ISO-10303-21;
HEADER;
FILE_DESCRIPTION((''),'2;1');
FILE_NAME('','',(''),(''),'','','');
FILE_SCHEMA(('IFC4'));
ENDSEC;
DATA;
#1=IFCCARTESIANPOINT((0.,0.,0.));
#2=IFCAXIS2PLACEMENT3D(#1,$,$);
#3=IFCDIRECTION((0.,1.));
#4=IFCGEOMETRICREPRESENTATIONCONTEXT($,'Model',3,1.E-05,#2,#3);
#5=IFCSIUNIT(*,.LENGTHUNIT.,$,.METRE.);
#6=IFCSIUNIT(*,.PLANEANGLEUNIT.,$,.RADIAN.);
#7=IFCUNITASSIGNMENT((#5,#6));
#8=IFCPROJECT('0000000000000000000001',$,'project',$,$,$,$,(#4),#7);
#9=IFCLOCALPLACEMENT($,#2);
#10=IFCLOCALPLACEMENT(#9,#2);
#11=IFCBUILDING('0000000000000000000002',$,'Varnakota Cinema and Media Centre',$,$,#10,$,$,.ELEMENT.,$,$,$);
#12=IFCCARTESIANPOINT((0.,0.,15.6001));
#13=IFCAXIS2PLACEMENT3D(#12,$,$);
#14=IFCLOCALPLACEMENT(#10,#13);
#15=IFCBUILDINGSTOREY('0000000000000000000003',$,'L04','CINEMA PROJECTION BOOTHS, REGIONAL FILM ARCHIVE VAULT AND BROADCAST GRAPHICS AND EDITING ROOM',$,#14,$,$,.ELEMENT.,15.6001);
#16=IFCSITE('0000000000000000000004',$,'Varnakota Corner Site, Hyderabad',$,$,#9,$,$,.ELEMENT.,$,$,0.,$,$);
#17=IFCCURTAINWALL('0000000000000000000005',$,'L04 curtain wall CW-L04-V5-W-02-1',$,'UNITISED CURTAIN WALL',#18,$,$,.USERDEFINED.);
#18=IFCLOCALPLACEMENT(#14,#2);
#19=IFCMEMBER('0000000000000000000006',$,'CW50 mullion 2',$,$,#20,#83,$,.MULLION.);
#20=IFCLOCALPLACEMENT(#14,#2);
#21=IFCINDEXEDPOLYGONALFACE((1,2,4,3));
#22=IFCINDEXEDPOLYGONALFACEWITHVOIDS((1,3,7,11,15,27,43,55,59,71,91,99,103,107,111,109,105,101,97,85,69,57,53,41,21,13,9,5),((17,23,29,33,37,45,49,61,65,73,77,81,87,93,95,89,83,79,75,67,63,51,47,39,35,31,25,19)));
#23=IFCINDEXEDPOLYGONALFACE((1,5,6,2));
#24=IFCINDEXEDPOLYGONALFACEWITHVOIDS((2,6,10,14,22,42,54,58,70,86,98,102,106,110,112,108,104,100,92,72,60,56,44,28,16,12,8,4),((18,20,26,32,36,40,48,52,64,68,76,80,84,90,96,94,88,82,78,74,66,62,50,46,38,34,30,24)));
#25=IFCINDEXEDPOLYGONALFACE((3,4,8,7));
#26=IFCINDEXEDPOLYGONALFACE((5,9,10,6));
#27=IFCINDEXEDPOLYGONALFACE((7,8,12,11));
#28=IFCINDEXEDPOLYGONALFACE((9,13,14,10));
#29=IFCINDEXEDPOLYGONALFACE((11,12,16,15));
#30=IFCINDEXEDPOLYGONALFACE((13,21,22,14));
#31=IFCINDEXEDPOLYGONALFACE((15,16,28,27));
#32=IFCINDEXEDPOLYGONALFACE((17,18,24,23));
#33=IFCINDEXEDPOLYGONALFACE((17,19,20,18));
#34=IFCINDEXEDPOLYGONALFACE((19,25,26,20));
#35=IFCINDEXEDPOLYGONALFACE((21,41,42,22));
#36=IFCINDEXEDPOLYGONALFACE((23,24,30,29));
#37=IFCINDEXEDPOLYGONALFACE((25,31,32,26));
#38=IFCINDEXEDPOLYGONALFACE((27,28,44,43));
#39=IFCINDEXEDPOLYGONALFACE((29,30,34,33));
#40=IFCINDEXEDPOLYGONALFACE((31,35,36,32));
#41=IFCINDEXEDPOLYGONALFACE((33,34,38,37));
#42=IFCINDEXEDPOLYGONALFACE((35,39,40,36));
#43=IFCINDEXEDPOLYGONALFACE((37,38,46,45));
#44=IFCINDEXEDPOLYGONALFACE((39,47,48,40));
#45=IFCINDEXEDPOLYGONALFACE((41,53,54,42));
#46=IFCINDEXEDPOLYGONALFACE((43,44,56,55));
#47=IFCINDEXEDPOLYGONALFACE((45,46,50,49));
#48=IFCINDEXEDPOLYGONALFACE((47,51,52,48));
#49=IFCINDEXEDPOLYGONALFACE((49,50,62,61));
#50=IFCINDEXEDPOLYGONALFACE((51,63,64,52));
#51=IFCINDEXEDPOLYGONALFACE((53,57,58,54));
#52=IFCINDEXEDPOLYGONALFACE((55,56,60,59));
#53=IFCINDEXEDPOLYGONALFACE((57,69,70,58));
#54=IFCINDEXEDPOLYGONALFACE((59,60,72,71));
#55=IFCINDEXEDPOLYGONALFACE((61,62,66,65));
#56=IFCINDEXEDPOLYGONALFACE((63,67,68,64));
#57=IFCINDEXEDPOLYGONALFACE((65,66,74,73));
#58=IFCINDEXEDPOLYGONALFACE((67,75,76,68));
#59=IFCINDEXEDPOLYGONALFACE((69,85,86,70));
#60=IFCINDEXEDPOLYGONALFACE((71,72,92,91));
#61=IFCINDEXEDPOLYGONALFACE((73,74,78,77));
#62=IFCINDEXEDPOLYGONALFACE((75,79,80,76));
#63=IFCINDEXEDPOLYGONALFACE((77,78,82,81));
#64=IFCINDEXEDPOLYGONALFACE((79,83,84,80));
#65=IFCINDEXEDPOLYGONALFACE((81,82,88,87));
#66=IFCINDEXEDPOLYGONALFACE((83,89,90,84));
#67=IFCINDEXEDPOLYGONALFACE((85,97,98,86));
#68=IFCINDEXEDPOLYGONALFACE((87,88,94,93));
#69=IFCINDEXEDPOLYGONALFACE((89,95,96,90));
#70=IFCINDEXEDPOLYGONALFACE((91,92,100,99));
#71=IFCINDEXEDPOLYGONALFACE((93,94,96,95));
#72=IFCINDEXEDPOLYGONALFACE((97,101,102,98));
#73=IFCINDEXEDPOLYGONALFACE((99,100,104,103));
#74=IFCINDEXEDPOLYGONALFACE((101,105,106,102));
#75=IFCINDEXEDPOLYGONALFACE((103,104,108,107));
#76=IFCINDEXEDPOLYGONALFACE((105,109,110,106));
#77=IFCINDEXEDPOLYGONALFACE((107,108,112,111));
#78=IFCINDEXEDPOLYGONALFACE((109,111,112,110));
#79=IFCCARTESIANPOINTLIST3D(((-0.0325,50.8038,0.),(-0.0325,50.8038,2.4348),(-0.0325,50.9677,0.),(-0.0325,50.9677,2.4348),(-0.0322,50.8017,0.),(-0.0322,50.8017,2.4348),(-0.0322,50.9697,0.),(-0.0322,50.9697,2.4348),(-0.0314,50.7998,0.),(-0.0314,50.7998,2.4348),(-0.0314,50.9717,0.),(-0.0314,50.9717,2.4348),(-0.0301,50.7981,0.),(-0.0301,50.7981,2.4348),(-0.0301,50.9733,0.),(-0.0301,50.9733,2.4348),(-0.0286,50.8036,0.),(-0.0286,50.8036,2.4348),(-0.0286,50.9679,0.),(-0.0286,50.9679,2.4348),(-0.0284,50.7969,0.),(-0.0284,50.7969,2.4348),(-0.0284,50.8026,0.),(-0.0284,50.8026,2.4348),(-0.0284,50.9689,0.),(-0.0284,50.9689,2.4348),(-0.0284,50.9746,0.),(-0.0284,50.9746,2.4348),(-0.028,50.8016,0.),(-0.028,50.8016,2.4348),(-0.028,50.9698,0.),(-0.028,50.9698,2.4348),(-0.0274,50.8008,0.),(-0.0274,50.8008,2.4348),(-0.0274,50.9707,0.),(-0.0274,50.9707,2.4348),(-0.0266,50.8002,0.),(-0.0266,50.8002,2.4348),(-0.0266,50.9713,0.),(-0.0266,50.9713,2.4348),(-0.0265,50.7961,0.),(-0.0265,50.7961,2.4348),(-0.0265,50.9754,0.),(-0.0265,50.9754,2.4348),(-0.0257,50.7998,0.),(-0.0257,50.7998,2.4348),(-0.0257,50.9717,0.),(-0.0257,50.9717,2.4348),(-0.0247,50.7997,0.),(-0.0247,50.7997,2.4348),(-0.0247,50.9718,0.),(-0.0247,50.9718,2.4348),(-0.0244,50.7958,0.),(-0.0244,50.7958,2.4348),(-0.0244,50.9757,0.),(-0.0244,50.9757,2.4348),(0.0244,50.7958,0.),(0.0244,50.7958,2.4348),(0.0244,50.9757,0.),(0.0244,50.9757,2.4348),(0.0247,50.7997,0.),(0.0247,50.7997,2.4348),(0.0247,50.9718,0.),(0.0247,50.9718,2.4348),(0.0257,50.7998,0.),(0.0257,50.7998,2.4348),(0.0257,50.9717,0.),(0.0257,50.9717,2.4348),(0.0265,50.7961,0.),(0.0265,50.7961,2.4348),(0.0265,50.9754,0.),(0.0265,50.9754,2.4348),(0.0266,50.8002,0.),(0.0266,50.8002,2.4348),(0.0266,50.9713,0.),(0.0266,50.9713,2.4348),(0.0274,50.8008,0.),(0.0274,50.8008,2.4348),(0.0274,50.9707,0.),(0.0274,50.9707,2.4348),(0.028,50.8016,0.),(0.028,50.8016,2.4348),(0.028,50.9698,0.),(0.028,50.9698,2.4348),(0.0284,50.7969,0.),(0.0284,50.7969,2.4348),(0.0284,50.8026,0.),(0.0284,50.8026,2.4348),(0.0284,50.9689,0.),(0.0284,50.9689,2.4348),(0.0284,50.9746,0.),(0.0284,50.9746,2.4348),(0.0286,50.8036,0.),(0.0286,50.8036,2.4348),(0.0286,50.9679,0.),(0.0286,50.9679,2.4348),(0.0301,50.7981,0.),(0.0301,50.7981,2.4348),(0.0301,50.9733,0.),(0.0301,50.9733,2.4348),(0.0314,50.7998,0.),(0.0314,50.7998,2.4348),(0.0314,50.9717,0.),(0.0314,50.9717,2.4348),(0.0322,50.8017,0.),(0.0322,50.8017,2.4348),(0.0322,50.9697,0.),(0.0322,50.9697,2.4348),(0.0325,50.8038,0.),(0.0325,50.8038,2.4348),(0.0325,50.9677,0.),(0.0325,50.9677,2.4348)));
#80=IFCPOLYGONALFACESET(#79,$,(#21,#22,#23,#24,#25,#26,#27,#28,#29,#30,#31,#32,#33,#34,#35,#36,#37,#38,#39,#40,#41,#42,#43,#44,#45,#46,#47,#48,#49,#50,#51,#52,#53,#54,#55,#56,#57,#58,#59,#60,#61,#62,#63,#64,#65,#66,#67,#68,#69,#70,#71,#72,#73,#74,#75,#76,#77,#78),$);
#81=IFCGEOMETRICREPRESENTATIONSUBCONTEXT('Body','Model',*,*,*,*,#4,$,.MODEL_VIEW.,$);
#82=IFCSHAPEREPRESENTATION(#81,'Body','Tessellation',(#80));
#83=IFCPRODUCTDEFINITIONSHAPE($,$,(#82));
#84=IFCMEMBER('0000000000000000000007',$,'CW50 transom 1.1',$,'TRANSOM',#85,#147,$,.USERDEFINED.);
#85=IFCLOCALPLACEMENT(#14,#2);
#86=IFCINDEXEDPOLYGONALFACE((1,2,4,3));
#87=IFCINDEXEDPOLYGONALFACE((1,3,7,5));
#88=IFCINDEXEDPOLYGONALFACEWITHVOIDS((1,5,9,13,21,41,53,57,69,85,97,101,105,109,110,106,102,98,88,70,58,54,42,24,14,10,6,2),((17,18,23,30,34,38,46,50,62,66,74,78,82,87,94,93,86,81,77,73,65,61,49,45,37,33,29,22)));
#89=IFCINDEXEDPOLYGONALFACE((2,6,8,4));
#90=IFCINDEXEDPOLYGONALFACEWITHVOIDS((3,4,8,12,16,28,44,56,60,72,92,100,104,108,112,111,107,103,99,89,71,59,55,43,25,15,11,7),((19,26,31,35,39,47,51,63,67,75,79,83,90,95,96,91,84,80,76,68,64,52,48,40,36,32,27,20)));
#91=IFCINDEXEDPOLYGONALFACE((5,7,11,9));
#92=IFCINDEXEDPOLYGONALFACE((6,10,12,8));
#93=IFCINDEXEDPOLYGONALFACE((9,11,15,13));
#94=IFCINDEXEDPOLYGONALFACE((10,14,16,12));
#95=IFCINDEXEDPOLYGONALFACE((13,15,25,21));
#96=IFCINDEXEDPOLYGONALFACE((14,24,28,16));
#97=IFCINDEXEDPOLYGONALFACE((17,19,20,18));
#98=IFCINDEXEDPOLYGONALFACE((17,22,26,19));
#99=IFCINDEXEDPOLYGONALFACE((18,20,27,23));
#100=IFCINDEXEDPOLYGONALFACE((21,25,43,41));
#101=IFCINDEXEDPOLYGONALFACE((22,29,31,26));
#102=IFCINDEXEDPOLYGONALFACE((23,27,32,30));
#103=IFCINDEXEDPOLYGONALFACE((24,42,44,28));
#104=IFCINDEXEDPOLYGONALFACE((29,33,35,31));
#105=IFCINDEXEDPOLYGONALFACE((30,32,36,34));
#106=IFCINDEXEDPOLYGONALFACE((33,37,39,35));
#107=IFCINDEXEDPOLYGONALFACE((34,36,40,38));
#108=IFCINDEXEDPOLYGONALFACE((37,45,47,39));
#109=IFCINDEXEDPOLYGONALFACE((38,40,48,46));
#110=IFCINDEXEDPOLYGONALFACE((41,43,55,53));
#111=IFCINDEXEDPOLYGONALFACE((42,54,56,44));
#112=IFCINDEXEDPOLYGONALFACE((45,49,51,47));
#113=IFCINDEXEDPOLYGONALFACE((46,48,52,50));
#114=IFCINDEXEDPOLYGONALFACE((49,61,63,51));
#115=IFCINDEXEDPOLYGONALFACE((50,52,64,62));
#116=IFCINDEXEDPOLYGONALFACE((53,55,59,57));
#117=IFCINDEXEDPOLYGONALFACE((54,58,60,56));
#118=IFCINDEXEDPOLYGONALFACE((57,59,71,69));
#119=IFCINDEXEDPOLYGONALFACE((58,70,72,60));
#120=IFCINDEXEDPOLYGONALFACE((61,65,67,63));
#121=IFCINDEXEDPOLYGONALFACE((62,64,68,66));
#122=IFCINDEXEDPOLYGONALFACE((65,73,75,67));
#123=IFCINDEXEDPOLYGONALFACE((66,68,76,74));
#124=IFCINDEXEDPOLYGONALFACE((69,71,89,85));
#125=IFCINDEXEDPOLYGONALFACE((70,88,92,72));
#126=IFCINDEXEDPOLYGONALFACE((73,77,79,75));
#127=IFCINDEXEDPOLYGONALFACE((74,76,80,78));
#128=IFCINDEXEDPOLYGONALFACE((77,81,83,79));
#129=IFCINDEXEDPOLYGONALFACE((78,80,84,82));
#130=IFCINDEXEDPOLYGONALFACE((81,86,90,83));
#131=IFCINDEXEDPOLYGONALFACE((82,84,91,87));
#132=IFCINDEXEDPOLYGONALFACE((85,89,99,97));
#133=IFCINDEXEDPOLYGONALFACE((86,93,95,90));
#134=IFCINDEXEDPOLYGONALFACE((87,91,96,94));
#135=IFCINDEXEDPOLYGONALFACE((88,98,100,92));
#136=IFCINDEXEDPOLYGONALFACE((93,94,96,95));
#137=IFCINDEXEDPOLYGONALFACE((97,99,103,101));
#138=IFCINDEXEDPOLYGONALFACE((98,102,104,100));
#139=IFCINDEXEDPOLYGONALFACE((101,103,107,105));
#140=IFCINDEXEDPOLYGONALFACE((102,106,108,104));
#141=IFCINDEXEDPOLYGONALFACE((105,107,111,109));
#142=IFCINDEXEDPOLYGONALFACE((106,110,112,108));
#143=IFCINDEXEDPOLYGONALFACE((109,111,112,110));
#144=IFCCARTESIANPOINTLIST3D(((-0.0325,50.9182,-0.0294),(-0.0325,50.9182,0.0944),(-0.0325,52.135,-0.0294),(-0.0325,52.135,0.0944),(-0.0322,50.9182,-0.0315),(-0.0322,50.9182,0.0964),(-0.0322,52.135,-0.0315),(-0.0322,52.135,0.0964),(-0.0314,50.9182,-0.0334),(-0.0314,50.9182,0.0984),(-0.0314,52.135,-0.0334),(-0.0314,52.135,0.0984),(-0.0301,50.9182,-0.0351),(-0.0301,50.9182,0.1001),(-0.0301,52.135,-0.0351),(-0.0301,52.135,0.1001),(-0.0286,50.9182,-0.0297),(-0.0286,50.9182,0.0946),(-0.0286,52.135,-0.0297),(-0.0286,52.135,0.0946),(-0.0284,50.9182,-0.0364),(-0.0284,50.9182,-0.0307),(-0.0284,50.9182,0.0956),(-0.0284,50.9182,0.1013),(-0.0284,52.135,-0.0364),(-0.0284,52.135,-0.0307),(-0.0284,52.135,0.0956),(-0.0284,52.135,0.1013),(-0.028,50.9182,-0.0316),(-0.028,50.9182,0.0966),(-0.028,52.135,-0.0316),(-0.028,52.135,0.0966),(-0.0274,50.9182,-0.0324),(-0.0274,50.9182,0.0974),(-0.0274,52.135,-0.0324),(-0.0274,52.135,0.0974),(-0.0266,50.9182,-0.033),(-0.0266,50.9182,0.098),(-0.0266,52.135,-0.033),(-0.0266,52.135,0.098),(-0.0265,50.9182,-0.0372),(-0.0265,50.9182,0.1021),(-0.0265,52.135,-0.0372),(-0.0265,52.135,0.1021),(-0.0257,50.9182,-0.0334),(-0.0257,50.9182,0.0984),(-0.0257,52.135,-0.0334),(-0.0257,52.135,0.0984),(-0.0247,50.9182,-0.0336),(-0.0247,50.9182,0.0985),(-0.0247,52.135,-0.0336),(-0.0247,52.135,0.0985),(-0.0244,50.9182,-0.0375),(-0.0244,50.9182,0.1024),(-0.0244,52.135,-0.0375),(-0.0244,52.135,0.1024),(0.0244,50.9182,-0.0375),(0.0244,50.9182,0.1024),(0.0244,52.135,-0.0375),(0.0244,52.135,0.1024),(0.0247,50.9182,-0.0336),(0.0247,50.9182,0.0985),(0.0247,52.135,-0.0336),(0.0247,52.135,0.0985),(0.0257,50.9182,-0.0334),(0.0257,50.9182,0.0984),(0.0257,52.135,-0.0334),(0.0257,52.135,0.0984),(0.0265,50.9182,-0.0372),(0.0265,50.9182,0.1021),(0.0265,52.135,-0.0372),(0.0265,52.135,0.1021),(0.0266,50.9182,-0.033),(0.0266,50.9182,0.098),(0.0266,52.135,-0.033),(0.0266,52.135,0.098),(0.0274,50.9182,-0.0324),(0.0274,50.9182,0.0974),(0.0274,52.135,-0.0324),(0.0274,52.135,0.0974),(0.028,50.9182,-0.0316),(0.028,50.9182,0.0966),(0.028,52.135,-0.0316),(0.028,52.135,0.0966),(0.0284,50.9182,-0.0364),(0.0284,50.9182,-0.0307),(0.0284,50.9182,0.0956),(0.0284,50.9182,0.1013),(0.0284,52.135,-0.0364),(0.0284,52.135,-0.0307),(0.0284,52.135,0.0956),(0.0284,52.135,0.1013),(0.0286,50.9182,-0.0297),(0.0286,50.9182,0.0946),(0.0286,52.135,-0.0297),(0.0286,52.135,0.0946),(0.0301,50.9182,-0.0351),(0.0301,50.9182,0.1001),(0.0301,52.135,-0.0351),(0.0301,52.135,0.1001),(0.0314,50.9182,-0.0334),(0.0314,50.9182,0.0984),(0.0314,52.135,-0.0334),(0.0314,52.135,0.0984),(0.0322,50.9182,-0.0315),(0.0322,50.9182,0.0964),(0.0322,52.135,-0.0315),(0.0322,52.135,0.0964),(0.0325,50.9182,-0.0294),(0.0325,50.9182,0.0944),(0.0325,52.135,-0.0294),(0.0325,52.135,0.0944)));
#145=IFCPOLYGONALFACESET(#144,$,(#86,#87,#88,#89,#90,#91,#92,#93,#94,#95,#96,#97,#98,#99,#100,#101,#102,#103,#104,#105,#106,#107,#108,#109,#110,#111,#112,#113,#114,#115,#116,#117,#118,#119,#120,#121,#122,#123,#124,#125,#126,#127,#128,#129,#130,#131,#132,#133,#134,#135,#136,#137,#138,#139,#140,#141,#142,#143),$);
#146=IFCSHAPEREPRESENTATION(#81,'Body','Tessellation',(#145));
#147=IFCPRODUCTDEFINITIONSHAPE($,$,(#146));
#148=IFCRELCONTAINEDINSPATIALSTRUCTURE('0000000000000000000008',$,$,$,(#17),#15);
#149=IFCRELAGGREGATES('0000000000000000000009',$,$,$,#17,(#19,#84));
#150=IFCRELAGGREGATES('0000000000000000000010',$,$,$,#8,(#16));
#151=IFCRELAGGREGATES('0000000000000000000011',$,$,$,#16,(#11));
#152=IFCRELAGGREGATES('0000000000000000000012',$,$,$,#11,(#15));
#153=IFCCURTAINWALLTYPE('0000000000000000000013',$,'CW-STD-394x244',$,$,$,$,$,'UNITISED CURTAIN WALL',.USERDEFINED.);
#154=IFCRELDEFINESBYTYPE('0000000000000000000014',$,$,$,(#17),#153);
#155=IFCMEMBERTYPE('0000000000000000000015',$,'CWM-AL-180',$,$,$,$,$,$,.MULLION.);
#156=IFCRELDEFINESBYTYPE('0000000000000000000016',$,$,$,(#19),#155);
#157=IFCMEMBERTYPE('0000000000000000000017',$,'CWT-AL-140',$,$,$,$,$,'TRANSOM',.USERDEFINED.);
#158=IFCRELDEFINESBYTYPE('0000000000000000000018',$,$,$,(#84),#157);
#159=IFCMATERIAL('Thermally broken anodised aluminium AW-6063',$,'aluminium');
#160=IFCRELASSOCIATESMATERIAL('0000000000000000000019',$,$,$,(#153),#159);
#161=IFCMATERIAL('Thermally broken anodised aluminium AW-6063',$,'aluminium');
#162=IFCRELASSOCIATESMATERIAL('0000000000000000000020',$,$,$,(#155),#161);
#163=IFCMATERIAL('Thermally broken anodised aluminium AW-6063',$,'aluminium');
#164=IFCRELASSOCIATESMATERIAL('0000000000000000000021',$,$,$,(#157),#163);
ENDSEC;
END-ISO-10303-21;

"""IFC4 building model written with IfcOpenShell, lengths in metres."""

from ifc_helpers import new_model, si_unit, direction, frame, origin, origin_2d, place, context, subcontext, project, spatial, hollow_rectangle, extrude, material, material_profile, profile_set, type_object, element, aggregate, save


model = new_model("IFC4")

# Units and contexts
model_context = context("Model", 3, precision=1e-05, world=origin(), true_north=direction((0.0, 1.0)))
body_context = subcontext(model_context, "Body", "Model", "MODEL_VIEW")
ifc_project = project(units=[si_unit("LENGTHUNIT", "METRE"), si_unit("PLANEANGLEUNIT", "RADIAN")], contexts=[model_context])

# Site, building, storey
site_placement = place(None, origin())
site = spatial("IfcSite", under=ifc_project, at=site_placement, Name="Varnakota Corner Site, Hyderabad", CompositionType="ELEMENT", RefElevation=0.0)
building_placement = place(site_placement, origin())
building = spatial("IfcBuilding", under=site, at=building_placement, Name="Varnakota Cinema and Media Centre", CompositionType="ELEMENT")
storey_placement = place(building_placement, frame((0.0, 0.0, 15.6001)))
storey = spatial("IfcBuildingStorey", under=building, at=storey_placement, Name="L04", Description="CINEMA PROJECTION BOOTHS, REGIONAL FILM ARCHIVE VAULT AND BROADCAST GRAPHICS AND EDITING ROOM", CompositionType="ELEMENT", Elevation=15.6001)

# Curtain wall, members
ifc_material_1 = material(Name="Thermally broken anodised aluminium AW-6063", Category="aluminium")
curtain_wall_type = type_object("IfcCurtainWallType", Name="CW-STD-394x244", ElementType="UNITISED CURTAIN WALL", PredefinedType="USERDEFINED", material=ifc_material_1)
curtain_wall_placement = place(storey_placement, origin())
curtain_wall = element("IfcCurtainWall", 1, at=curtain_wall_placement, inside=storey, type_object=curtain_wall_type, Name="L04 curtain wall CW-L04-V5-W-02-1", ObjectType="UNITISED CURTAIN WALL", PredefinedType="USERDEFINED")
ifc_material_2 = material(Name="Thermally broken anodised aluminium AW-6063", Category="aluminium")
ifc_material_profile_1 = material_profile(ifc_material_2, hollow_rectangle(XDim=0.0649, YDim=0.1799, WallThickness=0.0039, InnerFilletRadius=0.0039, OuterFilletRadius=0.0081, at=origin_2d()), Name="AL-MULLION 180x65x4")
ifc_profile_set_1 = profile_set([ifc_material_profile_1], Name="Thermally broken anodised aluminium AW-6063")
member_type_1 = type_object("IfcMemberType", Name="CWM-AL-180", PredefinedType="MULLION", material=ifc_profile_set_1)
member_1_placement = place(storey_placement, frame((0.0, 50.8857, 0.0), z_axis=(0.0, 0.0, 1.0), x_axis=(1.0, 0.0, 0.0)))
member_1 = element("IfcMember", 2, at=member_1_placement, type_object=member_type_1, Name="CW50 mullion 2", PredefinedType="MULLION", context=body_context, shape_type="SweptSolid", body=[
    extrude(hollow_rectangle(XDim=0.0649, YDim=0.1799, WallThickness=0.0039, InnerFilletRadius=0.0039, OuterFilletRadius=0.0081, at=origin_2d()), origin(), (0.0, 0.0, 1.0), 2.4348),
])
ifc_material_3 = material(Name="Thermally broken anodised aluminium AW-6063", Category="aluminium")
ifc_material_profile_2 = material_profile(ifc_material_3, hollow_rectangle(XDim=0.0649, YDim=0.1399, WallThickness=0.0039, InnerFilletRadius=0.0039, OuterFilletRadius=0.0081, at=origin_2d()), Name="AL-TRANSOM 140x65x4")
ifc_profile_set_2 = profile_set([ifc_material_profile_2], Name="Thermally broken anodised aluminium AW-6063")
member_type_2 = type_object("IfcMemberType", Name="CWT-AL-140", ElementType="TRANSOM", PredefinedType="USERDEFINED", material=ifc_profile_set_2)
member_2_placement = place(storey_placement, frame((0.0, 52.135, 0.0325), z_axis=(0.0, -1.0, 0.0), x_axis=(1.0, 0.0, 0.0)))
member_2 = element("IfcMember", 3, at=member_2_placement, type_object=member_type_2, Name="CW50 transom 1.1", ObjectType="TRANSOM", PredefinedType="USERDEFINED", context=body_context, shape_type="SweptSolid", body=[
    extrude(hollow_rectangle(XDim=0.0649, YDim=0.1399, WallThickness=0.0039, InnerFilletRadius=0.0039, OuterFilletRadius=0.0081, at=origin_2d()), origin(), (0.0, 0.0, 1.0), 1.2168),
])
aggregate(curtain_wall, [member_1, member_2])

save(model, "model.ifc")
